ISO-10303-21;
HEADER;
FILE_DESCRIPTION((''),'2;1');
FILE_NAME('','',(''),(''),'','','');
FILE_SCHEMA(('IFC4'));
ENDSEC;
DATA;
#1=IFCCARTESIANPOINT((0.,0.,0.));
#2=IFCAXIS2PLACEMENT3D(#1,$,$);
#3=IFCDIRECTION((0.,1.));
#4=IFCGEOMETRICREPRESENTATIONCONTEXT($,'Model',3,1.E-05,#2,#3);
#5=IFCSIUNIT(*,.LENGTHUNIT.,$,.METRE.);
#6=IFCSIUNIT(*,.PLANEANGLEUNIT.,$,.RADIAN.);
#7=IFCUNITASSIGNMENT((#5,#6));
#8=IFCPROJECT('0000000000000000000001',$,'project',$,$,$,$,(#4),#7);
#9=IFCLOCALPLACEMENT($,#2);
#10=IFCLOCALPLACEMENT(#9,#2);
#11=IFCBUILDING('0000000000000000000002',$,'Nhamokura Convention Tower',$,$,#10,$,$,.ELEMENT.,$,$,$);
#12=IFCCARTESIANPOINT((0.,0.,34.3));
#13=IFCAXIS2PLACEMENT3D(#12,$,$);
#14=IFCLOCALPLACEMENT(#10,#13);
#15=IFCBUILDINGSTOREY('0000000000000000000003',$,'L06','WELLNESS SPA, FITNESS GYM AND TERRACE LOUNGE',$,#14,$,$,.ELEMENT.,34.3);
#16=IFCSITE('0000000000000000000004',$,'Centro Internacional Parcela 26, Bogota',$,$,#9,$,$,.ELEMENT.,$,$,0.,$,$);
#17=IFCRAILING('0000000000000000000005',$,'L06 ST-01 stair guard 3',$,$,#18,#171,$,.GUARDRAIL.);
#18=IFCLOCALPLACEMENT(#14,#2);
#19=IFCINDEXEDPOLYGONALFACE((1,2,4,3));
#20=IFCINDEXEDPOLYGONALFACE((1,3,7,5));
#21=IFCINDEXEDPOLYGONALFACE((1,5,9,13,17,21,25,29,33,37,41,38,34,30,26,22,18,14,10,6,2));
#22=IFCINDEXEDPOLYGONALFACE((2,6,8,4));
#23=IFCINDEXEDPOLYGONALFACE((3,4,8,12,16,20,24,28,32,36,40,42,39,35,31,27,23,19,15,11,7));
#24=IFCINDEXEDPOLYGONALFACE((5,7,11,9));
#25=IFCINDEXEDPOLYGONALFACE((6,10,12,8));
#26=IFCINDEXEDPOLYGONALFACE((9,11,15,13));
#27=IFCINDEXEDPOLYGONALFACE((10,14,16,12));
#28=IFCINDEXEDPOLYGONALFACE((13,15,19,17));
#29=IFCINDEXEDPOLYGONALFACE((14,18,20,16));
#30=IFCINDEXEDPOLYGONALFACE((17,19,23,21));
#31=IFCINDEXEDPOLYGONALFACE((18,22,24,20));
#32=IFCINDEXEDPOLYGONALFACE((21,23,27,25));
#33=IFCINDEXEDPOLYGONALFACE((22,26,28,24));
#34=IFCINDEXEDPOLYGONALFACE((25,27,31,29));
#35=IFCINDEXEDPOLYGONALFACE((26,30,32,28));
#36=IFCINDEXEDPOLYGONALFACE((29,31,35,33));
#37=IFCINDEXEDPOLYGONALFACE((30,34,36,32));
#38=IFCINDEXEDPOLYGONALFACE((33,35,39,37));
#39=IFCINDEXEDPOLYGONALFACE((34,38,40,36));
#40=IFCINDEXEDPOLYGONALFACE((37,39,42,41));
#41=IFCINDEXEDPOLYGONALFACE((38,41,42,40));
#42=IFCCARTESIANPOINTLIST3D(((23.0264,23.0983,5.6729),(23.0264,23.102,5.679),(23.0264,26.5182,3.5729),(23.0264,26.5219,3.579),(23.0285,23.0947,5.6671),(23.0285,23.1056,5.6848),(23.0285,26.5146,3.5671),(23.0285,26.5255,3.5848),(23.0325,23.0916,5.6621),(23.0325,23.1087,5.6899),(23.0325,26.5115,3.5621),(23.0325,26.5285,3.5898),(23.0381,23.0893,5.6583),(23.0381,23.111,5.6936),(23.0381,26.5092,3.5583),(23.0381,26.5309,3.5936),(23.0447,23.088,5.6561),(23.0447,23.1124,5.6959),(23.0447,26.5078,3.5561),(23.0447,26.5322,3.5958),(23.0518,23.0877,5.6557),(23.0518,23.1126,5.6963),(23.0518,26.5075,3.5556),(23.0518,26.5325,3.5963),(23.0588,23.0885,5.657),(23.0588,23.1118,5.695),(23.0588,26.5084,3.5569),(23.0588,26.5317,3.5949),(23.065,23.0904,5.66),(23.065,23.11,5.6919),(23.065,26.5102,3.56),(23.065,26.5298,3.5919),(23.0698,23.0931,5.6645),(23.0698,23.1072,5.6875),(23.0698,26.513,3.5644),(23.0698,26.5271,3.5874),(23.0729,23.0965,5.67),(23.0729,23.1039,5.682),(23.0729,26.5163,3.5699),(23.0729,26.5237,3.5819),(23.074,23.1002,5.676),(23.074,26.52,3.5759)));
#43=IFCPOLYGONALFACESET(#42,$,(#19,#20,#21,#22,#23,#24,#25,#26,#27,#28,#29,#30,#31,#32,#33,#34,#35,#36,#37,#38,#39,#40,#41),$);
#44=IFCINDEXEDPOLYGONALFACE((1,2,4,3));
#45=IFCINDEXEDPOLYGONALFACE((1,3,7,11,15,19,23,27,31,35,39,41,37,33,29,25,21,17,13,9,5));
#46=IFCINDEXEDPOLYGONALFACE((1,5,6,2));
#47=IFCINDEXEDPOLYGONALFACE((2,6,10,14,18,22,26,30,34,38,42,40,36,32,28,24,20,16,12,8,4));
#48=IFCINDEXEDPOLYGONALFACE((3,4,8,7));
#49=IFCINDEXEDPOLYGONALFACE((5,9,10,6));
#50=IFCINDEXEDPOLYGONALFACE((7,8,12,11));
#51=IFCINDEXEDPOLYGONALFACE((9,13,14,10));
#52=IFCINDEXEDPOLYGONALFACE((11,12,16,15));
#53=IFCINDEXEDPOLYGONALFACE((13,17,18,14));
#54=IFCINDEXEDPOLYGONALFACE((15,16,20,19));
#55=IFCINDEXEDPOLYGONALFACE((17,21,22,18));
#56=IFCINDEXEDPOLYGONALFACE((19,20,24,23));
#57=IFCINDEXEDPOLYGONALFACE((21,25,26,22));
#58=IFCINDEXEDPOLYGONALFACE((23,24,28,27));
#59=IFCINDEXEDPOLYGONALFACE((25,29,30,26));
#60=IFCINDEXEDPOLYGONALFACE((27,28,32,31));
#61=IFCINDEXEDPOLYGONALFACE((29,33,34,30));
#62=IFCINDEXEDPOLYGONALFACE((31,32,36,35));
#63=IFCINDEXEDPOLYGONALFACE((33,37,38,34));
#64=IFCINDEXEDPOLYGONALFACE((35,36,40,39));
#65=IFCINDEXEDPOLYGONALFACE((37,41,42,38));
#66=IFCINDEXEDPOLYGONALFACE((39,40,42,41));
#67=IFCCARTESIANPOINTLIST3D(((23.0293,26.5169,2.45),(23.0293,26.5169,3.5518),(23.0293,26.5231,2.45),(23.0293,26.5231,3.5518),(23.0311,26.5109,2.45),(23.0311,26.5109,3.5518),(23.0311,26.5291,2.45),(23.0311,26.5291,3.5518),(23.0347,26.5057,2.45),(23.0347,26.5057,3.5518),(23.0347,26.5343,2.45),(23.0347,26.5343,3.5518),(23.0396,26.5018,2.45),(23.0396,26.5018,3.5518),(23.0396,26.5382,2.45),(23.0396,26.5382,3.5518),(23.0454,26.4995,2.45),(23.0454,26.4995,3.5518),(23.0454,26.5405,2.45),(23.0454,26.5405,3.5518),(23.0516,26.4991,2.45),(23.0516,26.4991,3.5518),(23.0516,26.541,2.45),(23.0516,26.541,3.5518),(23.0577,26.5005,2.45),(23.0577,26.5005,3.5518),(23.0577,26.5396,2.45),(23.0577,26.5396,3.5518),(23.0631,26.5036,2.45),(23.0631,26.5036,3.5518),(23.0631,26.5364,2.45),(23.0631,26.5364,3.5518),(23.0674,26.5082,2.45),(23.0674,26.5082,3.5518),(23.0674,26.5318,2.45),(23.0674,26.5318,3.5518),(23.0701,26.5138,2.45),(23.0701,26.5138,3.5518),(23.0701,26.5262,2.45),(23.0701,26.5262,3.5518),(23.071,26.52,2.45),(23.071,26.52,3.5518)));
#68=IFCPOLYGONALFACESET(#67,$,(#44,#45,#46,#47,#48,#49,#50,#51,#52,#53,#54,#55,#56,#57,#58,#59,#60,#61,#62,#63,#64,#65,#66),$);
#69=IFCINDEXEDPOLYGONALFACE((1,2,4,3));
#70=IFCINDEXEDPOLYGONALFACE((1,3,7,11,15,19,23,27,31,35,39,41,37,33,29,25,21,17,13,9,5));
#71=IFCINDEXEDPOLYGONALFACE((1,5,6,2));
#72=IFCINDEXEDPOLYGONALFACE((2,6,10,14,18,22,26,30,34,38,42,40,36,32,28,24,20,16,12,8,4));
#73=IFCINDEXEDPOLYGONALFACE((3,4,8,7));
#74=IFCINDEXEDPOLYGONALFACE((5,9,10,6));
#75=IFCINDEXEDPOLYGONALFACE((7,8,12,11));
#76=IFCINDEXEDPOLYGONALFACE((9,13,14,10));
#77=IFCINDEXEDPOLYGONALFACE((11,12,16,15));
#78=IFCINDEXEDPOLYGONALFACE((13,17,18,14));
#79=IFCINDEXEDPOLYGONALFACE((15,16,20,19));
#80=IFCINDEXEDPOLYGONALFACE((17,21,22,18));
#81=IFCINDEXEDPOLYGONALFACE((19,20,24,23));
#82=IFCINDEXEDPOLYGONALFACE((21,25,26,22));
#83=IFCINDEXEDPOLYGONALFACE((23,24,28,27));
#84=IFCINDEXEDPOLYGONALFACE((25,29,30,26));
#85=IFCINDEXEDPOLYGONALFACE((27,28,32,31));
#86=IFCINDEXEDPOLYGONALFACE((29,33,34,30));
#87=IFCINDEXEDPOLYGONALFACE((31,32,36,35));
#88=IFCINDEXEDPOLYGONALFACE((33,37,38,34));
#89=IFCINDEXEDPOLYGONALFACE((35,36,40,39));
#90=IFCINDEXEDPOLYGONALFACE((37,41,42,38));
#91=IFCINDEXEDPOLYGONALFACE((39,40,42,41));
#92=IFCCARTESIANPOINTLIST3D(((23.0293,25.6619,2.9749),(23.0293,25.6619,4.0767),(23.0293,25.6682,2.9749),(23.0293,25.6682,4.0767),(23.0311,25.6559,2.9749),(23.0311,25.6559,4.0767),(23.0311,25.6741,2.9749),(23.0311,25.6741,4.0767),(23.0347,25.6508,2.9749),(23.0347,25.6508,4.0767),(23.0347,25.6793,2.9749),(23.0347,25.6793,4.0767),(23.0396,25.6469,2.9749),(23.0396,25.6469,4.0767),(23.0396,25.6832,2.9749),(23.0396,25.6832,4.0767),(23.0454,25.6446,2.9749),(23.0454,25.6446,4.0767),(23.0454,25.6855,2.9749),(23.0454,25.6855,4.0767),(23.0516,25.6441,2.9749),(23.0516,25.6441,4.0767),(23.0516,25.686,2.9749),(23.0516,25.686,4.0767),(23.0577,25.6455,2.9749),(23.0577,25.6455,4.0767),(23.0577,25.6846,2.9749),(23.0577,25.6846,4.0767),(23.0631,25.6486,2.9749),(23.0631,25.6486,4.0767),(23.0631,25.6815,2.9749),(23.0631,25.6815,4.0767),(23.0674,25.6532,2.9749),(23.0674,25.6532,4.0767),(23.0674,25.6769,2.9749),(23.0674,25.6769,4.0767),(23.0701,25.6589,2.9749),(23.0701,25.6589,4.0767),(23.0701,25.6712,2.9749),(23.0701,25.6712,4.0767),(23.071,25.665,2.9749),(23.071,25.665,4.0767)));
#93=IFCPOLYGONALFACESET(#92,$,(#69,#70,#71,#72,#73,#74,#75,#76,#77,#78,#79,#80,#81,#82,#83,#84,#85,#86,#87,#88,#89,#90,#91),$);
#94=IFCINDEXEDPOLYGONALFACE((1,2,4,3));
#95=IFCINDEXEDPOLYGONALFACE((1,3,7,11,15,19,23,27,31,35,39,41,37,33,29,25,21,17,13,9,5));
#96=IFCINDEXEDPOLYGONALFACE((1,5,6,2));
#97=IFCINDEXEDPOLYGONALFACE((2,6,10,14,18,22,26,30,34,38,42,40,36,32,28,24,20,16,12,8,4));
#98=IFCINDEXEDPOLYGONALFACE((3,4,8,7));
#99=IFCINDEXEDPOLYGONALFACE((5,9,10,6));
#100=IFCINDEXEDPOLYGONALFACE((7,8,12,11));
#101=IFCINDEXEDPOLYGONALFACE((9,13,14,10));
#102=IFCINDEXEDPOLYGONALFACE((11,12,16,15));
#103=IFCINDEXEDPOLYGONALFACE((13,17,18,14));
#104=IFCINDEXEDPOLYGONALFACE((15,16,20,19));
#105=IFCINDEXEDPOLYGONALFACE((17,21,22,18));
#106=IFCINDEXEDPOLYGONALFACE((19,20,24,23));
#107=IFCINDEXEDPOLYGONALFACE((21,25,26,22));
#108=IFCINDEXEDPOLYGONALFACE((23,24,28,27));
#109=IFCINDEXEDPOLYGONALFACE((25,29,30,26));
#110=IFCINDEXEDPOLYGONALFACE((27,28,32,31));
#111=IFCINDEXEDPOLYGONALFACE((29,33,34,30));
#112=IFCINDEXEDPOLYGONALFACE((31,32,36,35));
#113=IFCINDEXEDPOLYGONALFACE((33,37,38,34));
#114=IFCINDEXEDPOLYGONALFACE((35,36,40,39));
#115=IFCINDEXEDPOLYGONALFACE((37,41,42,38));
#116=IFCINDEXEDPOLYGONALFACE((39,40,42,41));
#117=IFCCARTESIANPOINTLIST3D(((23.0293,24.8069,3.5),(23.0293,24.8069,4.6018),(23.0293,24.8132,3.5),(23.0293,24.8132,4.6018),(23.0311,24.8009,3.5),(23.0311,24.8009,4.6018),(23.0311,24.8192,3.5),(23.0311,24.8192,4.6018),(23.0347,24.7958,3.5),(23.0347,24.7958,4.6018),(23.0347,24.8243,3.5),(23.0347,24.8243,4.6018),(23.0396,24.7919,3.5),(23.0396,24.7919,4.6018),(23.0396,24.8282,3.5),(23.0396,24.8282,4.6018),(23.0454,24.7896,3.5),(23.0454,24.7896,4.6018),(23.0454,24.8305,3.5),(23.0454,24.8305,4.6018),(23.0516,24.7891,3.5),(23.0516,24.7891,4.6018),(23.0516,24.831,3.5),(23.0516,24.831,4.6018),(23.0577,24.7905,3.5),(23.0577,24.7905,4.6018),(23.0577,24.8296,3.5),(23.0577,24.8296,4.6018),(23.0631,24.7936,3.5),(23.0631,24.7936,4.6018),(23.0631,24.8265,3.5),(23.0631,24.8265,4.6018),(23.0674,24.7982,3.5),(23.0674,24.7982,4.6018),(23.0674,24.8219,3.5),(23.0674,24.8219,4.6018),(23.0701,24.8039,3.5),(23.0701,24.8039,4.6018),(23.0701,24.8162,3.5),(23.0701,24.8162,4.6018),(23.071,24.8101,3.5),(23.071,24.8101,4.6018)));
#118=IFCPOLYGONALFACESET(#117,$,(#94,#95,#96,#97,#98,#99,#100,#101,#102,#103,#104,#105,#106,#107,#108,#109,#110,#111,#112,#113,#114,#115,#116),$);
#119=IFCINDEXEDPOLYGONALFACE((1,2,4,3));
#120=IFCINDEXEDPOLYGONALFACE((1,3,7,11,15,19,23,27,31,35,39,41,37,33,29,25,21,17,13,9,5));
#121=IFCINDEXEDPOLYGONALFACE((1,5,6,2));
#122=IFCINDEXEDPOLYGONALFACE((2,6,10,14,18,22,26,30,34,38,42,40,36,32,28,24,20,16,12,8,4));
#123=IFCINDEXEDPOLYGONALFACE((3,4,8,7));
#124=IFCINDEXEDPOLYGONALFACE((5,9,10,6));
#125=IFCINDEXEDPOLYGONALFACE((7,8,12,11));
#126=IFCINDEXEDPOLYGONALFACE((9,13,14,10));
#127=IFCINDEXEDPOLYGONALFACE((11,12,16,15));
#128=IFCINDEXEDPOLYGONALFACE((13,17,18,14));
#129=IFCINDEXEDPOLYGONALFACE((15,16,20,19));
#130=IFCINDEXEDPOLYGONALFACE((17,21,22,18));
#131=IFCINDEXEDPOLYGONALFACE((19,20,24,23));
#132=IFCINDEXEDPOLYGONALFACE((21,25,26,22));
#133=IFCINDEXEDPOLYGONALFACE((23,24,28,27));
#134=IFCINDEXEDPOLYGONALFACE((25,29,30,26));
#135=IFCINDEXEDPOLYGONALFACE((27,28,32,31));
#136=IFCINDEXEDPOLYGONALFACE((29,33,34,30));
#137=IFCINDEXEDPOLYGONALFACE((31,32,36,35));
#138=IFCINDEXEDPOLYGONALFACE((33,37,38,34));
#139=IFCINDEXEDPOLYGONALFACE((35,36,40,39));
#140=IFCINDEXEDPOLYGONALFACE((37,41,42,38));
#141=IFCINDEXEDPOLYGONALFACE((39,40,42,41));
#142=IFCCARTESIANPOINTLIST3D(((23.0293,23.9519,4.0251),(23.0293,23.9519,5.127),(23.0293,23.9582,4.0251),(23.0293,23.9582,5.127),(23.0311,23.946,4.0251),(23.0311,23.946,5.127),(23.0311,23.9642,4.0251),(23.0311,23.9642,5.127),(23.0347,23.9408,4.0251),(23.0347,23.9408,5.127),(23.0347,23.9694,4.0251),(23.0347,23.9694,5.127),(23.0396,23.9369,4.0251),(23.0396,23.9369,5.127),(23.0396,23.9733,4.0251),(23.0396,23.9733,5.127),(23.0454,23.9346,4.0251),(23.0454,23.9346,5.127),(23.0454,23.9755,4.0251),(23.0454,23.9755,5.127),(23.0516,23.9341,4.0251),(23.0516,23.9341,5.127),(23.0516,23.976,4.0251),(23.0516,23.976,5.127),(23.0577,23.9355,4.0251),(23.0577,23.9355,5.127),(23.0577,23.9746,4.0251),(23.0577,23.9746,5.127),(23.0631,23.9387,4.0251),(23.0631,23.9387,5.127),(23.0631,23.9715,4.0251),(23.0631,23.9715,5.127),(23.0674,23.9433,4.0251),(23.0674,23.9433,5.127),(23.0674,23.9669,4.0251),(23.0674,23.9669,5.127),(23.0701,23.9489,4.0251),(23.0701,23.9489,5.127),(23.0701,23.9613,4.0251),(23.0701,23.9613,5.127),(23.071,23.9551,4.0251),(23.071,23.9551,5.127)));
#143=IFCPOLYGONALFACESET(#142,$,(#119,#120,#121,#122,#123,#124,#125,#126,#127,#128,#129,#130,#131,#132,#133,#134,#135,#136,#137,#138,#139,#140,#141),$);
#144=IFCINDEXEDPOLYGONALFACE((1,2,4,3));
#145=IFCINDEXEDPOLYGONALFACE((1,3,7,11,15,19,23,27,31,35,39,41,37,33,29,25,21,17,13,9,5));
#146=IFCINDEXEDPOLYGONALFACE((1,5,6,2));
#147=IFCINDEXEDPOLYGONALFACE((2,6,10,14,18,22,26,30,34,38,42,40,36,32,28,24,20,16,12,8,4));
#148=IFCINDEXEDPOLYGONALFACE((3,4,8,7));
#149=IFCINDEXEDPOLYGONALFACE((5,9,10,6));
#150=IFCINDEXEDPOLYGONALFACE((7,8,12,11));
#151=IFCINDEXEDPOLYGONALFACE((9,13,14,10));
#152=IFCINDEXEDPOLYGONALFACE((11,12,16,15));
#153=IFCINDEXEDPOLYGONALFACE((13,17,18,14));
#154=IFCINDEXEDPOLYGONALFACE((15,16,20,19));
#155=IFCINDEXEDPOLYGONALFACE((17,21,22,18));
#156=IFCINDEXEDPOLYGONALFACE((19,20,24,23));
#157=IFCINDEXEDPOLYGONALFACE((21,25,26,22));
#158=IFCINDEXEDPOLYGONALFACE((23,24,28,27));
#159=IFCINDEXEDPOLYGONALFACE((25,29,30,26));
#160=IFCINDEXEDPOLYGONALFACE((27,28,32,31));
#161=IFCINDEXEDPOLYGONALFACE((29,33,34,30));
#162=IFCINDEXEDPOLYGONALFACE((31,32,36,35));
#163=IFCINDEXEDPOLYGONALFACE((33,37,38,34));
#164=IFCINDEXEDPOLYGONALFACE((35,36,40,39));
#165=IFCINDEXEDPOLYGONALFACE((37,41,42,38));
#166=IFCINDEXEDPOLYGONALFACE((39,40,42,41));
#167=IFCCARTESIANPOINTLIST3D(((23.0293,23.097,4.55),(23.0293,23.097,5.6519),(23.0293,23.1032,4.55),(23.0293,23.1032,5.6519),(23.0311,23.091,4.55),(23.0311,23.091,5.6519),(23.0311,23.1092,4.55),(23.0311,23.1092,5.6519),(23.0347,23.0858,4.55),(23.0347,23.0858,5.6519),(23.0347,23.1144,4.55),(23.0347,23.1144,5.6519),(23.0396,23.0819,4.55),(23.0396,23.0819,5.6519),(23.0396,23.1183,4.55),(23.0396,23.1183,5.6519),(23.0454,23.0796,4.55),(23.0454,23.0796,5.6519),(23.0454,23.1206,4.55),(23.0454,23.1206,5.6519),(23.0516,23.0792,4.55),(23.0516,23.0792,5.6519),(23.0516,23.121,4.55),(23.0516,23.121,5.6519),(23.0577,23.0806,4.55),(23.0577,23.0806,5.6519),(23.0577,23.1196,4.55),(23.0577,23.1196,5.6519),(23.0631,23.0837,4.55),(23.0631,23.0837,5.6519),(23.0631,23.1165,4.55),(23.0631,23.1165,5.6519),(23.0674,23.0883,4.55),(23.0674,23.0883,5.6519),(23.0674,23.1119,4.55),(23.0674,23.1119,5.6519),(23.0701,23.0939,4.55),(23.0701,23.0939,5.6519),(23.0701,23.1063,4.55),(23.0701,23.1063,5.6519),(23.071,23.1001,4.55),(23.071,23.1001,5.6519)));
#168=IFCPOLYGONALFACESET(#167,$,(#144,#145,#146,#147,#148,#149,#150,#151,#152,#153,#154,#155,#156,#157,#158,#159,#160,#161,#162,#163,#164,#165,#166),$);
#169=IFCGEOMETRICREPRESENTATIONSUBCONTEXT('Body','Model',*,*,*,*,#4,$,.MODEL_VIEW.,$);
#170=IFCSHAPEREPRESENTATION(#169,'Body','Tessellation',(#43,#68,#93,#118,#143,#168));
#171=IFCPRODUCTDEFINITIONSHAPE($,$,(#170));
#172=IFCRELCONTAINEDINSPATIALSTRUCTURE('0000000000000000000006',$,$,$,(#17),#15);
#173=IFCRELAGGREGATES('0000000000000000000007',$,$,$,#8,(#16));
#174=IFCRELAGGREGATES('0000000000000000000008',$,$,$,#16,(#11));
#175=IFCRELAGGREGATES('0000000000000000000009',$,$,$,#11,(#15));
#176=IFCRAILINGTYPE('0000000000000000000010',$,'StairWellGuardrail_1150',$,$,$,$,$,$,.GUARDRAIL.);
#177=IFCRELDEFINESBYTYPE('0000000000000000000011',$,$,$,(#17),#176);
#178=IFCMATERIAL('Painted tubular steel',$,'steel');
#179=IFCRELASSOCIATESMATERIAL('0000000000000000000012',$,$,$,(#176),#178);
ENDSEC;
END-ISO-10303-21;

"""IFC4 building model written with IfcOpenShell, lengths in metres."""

from ifc_helpers import new_model, si_unit, direction, frame, origin, origin_2d, place, context, subcontext, project, spatial, circle, extrude, material, type_object, element, save


model = new_model("IFC4")

# Units and contexts
model_context = context("Model", 3, precision=1e-05, world=origin(), true_north=direction((0.0, 1.0)))
body_context = subcontext(model_context, "Body", "Model", "MODEL_VIEW")
ifc_project = project(units=[si_unit("LENGTHUNIT", "METRE"), si_unit("PLANEANGLEUNIT", "RADIAN")], contexts=[model_context])

# Site, building, storey
site_placement = place(None, origin())
site = spatial("IfcSite", under=ifc_project, at=site_placement, Name="Centro Internacional Parcela 26, Bogota", CompositionType="ELEMENT", RefElevation=0.0)
building_placement = place(site_placement, origin())
building = spatial("IfcBuilding", under=site, at=building_placement, Name="Nhamokura Convention Tower", CompositionType="ELEMENT")
storey_placement = place(building_placement, frame((0.0, 0.0, 34.3)))
storey = spatial("IfcBuildingStorey", under=building, at=storey_placement, Name="L06", Description="WELLNESS SPA, FITNESS GYM AND TERRACE LOUNGE", CompositionType="ELEMENT", Elevation=34.3)

# Railing
ifc_material_1 = material(Name="Painted tubular steel", Category="steel")
railing_type_1 = type_object("IfcRailingType", Name="StairWellGuardrail_1150", PredefinedType="GUARDRAIL", material=ifc_material_1)
railing_1_placement = place(storey_placement, frame((23.05, 26.52, 2.45)))
element("IfcRailing", 1, at=railing_1_placement, inside=storey, type_object=railing_type_1, Name="L06 ST-01 stair guard 3", PredefinedType="GUARDRAIL", context=body_context, shape_type="SweptSolid", body=[
    extrude(circle(Radius=0.0239, at=origin_2d()), frame((0.0, 0.0, 1.126), z_axis=(0.0, -0.852155, 0.523289), x_axis=(1.0, 0.0, 0.0)), (0.0, 0.0, 1.0), 4.0132),
    extrude(circle(Radius=0.021, at=origin_2d()), origin(), (0.0, 0.0, 1.0), 1.1018),
    extrude(circle(Radius=0.021, at=origin_2d()), frame((0.0, -0.855, 0.5249)), (0.0, 0.0, 1.0), 1.1018),
    extrude(circle(Radius=0.021, at=origin_2d()), frame((0.0, -1.71, 1.05)), (0.0, 0.0, 1.0), 1.1018),
    extrude(circle(Radius=0.021, at=origin_2d()), frame((0.0, -2.5649, 1.5752)), (0.0, 0.0, 1.0), 1.1018),
    extrude(circle(Radius=0.021, at=origin_2d()), frame((0.0, -3.4199, 2.1001)), (0.0, 0.0, 1.0), 1.1018),
])

save(model, "model.ifc")
